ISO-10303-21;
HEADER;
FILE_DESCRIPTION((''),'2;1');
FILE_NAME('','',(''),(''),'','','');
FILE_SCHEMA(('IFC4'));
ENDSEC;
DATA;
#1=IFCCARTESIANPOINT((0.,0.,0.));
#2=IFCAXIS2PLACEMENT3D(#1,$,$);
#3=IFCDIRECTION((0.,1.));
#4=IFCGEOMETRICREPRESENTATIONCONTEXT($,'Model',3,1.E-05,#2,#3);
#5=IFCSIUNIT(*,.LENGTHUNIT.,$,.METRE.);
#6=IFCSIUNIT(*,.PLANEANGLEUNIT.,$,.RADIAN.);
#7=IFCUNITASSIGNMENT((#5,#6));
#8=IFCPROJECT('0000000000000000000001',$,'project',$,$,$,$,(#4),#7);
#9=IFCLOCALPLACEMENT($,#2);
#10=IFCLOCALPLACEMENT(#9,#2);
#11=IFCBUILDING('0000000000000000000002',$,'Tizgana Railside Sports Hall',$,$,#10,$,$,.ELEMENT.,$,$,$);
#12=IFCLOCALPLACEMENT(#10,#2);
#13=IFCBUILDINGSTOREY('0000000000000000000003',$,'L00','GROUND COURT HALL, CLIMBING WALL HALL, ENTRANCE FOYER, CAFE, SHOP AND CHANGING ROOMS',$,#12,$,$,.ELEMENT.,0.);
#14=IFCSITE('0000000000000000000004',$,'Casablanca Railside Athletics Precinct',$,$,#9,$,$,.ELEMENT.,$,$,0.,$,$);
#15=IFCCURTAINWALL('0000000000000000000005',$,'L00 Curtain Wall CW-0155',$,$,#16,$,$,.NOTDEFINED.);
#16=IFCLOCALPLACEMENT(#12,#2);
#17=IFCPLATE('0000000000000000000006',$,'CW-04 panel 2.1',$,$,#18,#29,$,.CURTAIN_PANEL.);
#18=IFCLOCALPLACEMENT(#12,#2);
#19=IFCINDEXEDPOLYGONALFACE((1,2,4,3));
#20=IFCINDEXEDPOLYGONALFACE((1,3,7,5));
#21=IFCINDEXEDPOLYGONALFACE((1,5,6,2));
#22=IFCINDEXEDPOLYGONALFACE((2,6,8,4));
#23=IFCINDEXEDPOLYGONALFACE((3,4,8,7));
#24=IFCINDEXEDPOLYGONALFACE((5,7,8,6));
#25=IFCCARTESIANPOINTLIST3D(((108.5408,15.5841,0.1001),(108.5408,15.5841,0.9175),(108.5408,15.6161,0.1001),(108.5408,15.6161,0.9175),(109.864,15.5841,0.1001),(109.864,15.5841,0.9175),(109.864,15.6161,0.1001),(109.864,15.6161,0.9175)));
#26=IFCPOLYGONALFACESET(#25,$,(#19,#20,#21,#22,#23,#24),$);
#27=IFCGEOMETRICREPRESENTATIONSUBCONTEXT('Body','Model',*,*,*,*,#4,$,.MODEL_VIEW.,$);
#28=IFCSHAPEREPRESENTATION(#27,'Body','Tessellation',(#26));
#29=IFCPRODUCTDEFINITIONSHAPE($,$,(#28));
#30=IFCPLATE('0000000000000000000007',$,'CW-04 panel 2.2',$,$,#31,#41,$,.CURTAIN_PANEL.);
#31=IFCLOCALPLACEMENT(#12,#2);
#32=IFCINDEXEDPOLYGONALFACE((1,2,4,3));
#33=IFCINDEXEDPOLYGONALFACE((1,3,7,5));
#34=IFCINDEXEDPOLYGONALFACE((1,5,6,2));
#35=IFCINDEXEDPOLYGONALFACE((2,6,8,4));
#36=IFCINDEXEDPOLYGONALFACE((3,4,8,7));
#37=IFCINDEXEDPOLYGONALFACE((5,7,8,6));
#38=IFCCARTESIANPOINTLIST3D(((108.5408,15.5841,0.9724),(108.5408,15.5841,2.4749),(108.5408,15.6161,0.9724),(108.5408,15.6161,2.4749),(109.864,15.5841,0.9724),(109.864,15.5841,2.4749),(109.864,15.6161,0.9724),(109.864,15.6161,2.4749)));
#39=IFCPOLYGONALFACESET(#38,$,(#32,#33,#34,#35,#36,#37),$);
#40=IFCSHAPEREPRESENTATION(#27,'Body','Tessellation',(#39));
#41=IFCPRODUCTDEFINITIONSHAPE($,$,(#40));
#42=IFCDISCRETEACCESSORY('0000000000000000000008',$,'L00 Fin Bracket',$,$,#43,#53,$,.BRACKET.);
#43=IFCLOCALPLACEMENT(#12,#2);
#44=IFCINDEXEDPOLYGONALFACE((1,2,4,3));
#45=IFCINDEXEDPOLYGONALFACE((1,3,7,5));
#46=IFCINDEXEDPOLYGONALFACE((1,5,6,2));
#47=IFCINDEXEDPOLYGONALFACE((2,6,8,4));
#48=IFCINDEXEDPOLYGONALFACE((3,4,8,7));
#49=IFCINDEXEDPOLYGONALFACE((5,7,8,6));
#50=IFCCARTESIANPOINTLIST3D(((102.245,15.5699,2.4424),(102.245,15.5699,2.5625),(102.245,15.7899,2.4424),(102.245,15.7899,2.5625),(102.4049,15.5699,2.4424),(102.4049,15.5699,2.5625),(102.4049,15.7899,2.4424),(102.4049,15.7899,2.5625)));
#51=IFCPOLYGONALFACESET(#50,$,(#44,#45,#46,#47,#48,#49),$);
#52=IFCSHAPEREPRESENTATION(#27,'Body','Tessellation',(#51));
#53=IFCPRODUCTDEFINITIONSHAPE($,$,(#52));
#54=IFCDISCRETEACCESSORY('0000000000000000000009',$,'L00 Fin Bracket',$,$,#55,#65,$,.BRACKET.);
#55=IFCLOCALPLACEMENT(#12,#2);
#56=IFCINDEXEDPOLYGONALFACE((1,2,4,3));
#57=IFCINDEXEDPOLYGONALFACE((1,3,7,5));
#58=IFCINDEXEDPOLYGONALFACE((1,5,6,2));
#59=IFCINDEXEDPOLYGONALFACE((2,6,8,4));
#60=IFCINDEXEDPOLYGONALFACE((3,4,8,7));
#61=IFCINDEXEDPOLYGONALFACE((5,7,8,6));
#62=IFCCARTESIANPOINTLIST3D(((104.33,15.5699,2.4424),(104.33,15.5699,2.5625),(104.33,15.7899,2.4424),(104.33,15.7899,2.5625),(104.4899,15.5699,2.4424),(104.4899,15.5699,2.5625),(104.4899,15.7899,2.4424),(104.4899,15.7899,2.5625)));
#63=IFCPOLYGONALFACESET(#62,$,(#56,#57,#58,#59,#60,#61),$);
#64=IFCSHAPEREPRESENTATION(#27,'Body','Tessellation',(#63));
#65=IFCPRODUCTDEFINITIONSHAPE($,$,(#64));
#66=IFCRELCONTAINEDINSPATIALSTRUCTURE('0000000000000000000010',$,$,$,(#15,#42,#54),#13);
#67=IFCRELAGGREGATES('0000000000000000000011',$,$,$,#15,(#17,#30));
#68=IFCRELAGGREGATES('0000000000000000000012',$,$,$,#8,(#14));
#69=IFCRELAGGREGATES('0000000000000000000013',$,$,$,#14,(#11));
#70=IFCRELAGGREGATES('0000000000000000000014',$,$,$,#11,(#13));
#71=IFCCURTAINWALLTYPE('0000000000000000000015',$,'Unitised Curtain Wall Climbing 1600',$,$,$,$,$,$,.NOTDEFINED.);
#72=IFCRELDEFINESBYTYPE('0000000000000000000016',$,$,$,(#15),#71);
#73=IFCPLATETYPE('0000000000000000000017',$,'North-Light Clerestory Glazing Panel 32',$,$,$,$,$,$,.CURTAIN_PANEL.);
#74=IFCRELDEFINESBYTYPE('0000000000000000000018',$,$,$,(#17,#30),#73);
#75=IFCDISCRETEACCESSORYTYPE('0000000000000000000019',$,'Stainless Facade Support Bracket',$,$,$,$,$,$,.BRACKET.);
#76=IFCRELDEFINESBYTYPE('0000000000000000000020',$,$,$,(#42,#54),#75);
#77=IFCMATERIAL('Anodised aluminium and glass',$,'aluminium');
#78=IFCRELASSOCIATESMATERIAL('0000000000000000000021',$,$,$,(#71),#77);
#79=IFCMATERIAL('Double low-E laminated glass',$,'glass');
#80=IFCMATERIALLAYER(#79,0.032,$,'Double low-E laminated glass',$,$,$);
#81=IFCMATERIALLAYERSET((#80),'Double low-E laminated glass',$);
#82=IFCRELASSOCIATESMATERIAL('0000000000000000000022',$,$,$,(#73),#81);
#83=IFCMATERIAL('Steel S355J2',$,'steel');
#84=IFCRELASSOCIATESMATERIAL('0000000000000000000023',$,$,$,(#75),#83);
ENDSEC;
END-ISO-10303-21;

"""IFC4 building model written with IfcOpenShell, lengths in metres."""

from ifc_helpers import new_model, si_unit, direction, frame, origin, origin_2d, place, context, subcontext, project, spatial, rectangle, extrude, material, layer, layer_set, type_object, element, aggregate, save


model = new_model("IFC4")

# Units and contexts
model_context = context("Model", 3, precision=1e-05, world=origin(), true_north=direction((0.0, 1.0)))
body_context = subcontext(model_context, "Body", "Model", "MODEL_VIEW")
ifc_project = project(units=[si_unit("LENGTHUNIT", "METRE"), si_unit("PLANEANGLEUNIT", "RADIAN")], contexts=[model_context])

# Site, building, storey
site_placement = place(None, origin())
site = spatial("IfcSite", under=ifc_project, at=site_placement, Name="Casablanca Railside Athletics Precinct", CompositionType="ELEMENT", RefElevation=0.0)
building_placement = place(site_placement, origin())
building = spatial("IfcBuilding", under=site, at=building_placement, Name="Tizgana Railside Sports Hall", CompositionType="ELEMENT")
storey_placement = place(building_placement, origin())
storey = spatial("IfcBuildingStorey", under=building, at=storey_placement, Name="L00", Description="GROUND COURT HALL, CLIMBING WALL HALL, ENTRANCE FOYER, CAFE, SHOP AND CHANGING ROOMS", CompositionType="ELEMENT", Elevation=0.0)

# Curtain wall
ifc_material_1 = material(Name="Anodised aluminium and glass", Category="aluminium")
curtain_wall_type_1 = type_object("IfcCurtainWallType", Name="Unitised Curtain Wall Climbing 1600", PredefinedType="NOTDEFINED", material=ifc_material_1)
curtain_wall_1_placement = place(storey_placement, origin())
curtain_wall_1 = element("IfcCurtainWall", 1, at=curtain_wall_1_placement, inside=storey, type_object=curtain_wall_type_1, Name="L00 Curtain Wall CW-0155", PredefinedType="NOTDEFINED")

# Shared definitions
ifc_material_2 = material(Name="Steel S355J2", Category="steel")

# Plates
ifc_material_3 = material(Name="Double low-E laminated glass", Category="glass")
ifc_layer_1 = layer(ifc_material_3, 0.032, Name="Double low-E laminated glass")
ifc_layer_set_1 = layer_set([ifc_layer_1], Name="Double low-E laminated glass")
plate_type_1 = type_object("IfcPlateType", Name="North-Light Clerestory Glazing Panel 32", PredefinedType="CURTAIN_PANEL", material=ifc_layer_set_1)
plate_1_placement = place(storey_placement, frame((109.2024, 15.6001, 0.1001), z_axis=(0.0, 0.0, 1.0), x_axis=(1.0, 0.0, 0.0)))
plate_1 = element("IfcPlate", 2, at=plate_1_placement, type_object=plate_type_1, Name="CW-04 panel 2.1", PredefinedType="CURTAIN_PANEL", context=body_context, shape_type="SweptSolid", body=[
    extrude(rectangle(XDim=1.3232, YDim=0.032, at=origin_2d()), origin(), (0.0, 0.0, 1.0), 0.8174),
])
plate_2_placement = place(storey_placement, frame((109.2024, 15.6001, 0.9724), z_axis=(0.0, 0.0, 1.0), x_axis=(1.0, 0.0, 0.0)))
plate_2 = element("IfcPlate", 3, at=plate_2_placement, type_object=plate_type_1, Name="CW-04 panel 2.2", PredefinedType="CURTAIN_PANEL", context=body_context, shape_type="SweptSolid", body=[
    extrude(rectangle(XDim=1.3232, YDim=0.032, at=origin_2d()), origin(), (0.0, 0.0, 1.0), 1.5024),
])
aggregate(curtain_wall_1, [plate_1, plate_2])

# Discrete accessories
discrete_accessory_type = type_object("IfcDiscreteAccessoryType", Name="Stainless Facade Support Bracket", PredefinedType="BRACKET", material=ifc_material_2)
for number, where, z_axis, x_axis, name in (
    (4, (102.325, 15.6799, 2.4424), (0.0, 0.0, 1.0), (1.0, 0.0, 0.0), "L00 Fin Bracket"),
    (5, (104.4099, 15.6799, 2.4424), (0.0, 0.0, 1.0), (1.0, 0.0, 0.0), "L00 Fin Bracket"),
):
    element("IfcDiscreteAccessory", number, at=place(storey_placement, frame(where, z_axis=z_axis, x_axis=x_axis)), inside=storey, type_object=discrete_accessory_type, Name=name, PredefinedType="BRACKET", context=body_context, shape_type="SweptSolid", body=[
        extrude(rectangle(XDim=0.1599, YDim=0.22, at=origin_2d()), origin(), (0.0, 0.0, 1.0), 0.1201),
    ])

save(model, "model.ifc")
